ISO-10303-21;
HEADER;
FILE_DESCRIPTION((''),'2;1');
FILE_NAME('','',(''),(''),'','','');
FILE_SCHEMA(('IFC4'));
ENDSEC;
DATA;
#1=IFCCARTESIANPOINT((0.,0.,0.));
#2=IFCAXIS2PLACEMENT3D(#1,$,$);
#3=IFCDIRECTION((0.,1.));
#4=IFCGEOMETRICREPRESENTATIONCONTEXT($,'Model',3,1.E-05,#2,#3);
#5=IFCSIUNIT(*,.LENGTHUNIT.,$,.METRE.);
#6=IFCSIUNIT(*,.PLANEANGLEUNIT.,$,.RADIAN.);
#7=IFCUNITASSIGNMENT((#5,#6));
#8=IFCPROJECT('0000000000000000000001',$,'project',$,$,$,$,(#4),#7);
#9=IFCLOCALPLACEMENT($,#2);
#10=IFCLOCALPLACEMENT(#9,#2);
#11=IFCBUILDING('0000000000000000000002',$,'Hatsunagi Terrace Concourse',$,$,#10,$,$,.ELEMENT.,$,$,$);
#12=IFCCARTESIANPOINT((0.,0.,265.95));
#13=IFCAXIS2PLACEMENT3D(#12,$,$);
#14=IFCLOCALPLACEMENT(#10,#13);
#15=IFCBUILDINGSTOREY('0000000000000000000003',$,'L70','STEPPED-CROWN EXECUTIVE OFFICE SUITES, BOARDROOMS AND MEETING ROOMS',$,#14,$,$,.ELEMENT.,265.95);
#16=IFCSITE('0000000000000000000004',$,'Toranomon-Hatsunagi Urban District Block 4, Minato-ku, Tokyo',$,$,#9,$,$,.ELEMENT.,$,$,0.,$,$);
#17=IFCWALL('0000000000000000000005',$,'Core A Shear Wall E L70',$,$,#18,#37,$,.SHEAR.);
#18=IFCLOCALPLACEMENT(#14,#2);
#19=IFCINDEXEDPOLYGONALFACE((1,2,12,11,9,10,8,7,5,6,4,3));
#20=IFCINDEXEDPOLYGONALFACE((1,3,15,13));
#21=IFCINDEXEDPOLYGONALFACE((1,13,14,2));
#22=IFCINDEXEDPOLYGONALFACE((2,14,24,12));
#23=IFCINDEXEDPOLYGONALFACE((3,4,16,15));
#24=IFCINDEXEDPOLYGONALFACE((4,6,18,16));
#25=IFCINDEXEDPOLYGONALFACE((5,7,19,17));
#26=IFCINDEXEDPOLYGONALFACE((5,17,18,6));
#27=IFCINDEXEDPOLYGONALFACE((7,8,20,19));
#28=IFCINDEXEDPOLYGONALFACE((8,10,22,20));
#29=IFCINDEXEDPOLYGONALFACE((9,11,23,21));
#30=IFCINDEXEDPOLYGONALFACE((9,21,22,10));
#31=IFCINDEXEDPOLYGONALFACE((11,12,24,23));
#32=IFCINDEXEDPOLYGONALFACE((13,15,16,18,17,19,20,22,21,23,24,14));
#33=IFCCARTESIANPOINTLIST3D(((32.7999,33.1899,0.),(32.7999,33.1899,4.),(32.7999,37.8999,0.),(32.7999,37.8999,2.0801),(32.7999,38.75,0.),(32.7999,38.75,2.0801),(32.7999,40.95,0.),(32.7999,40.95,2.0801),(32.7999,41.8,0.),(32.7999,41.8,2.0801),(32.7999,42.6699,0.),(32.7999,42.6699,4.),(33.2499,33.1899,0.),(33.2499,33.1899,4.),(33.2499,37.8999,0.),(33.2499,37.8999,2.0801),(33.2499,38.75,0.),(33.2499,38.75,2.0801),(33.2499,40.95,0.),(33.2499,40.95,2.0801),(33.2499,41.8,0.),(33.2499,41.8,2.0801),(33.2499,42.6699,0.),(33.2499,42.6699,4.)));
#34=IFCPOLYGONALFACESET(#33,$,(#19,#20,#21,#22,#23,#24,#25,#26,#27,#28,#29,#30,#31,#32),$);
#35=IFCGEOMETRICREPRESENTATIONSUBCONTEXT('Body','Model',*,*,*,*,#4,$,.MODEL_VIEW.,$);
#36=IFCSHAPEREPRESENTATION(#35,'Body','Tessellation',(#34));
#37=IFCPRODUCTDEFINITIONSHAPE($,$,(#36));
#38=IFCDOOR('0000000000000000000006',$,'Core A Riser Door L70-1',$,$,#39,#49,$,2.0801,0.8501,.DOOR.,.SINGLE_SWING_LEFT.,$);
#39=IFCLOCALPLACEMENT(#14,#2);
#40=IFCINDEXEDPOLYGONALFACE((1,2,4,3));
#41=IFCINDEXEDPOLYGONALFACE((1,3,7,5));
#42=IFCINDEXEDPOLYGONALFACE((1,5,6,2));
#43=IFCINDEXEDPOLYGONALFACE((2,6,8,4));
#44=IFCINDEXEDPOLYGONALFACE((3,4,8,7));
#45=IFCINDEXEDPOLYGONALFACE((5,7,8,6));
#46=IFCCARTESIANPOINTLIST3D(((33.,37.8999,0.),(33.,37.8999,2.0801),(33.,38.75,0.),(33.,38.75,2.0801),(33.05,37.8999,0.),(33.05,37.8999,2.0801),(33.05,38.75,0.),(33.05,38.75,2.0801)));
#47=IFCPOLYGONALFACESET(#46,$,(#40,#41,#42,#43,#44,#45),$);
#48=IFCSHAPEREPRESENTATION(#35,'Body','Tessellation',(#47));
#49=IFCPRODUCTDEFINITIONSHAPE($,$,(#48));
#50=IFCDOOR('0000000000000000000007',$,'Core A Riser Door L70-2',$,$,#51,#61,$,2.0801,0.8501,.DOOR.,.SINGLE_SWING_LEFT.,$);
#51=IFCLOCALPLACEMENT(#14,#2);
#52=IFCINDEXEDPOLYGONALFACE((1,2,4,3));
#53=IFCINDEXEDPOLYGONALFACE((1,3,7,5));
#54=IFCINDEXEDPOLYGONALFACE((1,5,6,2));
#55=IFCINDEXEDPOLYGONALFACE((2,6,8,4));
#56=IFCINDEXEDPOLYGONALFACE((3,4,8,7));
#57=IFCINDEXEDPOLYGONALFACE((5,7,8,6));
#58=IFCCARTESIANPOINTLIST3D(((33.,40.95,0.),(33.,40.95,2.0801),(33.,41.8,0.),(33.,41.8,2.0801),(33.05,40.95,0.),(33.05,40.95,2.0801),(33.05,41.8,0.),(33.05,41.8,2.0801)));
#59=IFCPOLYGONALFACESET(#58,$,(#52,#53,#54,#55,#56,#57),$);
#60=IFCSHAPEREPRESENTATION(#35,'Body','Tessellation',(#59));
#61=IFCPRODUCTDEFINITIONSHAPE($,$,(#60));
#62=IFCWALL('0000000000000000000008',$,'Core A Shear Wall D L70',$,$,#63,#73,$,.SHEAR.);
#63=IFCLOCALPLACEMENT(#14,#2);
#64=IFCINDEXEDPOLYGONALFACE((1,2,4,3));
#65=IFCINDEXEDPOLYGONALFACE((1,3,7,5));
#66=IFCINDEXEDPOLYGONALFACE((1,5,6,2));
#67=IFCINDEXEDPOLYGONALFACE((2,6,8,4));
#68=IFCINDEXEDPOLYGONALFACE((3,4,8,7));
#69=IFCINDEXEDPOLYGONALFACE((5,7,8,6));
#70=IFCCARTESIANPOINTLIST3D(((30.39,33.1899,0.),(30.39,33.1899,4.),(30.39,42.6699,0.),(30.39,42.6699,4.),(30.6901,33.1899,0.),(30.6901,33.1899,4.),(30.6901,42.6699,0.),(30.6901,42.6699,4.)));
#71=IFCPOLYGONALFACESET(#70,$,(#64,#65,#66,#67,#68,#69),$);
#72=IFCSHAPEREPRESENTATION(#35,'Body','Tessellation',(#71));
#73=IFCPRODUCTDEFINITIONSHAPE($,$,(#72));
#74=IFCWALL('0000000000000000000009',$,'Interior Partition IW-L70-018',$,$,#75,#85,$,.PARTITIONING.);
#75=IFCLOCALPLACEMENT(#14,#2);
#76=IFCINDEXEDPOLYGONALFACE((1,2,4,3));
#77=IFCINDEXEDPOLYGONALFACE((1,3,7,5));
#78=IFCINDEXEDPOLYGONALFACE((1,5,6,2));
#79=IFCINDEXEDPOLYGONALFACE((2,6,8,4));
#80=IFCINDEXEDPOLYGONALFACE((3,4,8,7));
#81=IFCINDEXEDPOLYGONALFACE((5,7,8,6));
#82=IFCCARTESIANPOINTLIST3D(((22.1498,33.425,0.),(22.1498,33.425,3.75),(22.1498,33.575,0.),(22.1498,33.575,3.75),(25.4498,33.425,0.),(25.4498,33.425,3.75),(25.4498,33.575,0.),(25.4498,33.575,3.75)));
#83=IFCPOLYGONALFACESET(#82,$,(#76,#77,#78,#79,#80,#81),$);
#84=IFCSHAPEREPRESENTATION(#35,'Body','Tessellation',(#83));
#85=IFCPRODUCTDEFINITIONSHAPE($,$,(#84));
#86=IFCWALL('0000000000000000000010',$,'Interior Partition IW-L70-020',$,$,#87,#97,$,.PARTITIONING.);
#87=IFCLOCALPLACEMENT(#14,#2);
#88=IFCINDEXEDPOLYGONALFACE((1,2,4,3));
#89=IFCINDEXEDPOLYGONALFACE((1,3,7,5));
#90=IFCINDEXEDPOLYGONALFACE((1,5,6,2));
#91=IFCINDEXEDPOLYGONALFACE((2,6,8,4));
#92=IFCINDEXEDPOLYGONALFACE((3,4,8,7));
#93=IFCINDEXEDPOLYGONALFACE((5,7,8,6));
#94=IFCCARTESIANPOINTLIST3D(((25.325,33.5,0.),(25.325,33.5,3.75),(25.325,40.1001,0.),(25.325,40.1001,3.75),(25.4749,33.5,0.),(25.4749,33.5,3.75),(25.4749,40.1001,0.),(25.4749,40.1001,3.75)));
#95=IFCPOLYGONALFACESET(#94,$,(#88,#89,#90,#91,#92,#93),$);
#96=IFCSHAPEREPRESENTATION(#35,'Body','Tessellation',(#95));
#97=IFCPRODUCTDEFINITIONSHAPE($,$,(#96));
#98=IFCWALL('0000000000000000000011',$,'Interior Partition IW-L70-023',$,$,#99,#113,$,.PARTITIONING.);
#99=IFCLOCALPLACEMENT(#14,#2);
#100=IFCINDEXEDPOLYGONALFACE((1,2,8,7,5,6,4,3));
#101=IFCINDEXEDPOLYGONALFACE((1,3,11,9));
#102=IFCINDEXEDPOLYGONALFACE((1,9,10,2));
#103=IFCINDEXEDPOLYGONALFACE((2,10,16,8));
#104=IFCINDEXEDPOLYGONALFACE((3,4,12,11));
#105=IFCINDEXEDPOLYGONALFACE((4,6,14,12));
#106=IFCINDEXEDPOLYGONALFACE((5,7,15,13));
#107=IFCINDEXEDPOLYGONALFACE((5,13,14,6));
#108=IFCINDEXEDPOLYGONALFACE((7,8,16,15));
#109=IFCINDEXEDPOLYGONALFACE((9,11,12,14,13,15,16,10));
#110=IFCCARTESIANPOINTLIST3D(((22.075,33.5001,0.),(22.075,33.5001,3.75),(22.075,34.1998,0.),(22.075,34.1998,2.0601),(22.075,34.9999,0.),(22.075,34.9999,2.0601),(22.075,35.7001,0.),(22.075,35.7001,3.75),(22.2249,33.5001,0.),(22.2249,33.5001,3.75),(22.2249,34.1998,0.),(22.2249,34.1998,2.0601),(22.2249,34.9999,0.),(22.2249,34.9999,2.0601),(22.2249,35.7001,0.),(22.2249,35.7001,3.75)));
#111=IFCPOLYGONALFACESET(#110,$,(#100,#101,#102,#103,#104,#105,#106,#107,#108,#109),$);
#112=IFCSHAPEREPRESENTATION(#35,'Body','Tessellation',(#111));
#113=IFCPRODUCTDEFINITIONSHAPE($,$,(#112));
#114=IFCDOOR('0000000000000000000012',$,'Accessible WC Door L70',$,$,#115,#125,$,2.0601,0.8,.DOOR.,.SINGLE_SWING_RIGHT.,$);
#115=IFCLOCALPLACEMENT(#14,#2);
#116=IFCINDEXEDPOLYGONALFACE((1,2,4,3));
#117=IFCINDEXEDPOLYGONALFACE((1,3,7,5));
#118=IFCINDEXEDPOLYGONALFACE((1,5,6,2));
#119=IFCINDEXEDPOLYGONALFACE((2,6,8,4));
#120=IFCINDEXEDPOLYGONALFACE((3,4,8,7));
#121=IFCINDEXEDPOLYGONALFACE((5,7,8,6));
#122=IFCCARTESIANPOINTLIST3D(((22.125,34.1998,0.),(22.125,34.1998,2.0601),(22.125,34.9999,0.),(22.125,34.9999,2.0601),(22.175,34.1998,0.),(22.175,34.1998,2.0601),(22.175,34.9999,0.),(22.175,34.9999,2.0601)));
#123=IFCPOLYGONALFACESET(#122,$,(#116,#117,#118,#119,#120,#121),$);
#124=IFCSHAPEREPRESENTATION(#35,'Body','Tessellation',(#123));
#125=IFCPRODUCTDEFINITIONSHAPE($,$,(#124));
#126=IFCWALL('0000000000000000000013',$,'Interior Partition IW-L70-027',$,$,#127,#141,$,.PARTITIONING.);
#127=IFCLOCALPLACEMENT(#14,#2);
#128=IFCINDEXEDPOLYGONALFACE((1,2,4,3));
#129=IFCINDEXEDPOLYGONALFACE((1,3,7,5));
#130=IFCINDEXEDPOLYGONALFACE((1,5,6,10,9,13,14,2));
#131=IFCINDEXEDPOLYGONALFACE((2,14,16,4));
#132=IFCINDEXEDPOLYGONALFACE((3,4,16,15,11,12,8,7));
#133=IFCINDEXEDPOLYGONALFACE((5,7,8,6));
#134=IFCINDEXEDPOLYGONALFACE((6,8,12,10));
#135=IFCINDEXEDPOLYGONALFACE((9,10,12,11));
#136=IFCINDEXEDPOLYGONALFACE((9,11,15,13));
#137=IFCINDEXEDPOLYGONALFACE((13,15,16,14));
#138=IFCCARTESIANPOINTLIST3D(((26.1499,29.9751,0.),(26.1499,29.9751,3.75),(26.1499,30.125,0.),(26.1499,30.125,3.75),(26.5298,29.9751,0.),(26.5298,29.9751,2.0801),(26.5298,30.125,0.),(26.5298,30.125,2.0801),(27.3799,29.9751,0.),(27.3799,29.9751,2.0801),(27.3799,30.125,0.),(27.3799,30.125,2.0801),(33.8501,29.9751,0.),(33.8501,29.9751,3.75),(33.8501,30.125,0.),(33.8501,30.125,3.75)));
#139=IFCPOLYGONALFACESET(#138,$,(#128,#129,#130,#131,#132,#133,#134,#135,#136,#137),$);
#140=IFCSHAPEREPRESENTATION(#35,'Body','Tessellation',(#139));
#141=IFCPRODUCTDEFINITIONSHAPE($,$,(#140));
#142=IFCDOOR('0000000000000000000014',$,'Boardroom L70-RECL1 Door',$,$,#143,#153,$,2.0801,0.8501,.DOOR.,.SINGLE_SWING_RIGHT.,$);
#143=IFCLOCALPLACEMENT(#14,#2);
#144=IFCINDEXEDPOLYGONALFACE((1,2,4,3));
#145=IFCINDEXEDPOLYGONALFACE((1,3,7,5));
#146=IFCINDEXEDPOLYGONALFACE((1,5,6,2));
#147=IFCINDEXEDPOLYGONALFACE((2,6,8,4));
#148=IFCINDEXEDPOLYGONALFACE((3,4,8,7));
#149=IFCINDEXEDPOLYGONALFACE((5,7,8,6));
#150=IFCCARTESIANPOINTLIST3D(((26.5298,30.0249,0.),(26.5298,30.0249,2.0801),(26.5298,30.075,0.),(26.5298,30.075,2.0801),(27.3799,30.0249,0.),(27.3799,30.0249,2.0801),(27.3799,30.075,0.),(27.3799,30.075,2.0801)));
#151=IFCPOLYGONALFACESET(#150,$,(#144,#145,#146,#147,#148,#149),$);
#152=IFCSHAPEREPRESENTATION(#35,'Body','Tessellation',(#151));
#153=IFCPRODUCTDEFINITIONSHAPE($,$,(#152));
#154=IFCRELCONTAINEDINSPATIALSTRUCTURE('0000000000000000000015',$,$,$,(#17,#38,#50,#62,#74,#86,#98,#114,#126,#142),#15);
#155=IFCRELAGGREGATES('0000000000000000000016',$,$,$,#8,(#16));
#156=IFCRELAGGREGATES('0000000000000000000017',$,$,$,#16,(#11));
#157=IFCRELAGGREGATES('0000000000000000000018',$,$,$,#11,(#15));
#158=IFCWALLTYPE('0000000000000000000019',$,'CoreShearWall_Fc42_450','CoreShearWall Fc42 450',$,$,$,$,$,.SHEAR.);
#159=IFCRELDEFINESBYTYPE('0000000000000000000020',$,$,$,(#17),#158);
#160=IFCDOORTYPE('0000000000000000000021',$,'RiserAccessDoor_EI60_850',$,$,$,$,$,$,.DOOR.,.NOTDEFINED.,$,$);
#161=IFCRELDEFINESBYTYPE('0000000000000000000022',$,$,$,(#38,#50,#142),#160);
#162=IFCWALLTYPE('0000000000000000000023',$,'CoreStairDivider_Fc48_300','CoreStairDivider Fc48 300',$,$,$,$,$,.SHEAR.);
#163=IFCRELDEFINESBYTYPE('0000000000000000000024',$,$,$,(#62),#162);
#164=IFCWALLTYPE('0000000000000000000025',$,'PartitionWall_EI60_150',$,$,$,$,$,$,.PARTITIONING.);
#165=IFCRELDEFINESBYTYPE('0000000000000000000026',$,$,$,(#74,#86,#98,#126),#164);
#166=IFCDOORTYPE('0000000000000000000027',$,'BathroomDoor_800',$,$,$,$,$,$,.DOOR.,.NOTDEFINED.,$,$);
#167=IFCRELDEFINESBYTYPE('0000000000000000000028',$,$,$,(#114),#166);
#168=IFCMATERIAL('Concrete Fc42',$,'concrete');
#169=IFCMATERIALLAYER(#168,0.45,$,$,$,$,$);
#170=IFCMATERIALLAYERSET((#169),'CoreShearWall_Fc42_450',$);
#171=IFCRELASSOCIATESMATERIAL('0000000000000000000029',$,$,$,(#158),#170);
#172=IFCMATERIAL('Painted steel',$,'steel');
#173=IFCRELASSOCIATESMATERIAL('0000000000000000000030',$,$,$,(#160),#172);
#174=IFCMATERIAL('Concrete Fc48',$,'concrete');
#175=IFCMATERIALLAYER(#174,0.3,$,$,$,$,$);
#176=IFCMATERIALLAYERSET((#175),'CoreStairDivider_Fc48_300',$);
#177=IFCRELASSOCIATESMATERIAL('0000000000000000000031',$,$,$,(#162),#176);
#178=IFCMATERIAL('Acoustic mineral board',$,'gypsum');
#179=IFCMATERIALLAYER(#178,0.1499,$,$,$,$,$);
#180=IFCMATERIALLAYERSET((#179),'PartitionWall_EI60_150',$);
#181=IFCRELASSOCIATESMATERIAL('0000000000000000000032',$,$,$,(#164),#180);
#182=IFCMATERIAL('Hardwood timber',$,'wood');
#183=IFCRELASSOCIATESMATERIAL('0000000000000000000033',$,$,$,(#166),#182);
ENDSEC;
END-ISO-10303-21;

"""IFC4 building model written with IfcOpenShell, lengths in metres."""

from ifc_helpers import new_model, si_unit, direction, frame, frame_2d, origin, place, context, subcontext, project, spatial, rectangle, extrude, material, layer, layer_set, type_object, element, fill, save


model = new_model("IFC4")

# Units and contexts
model_context = context("Model", 3, precision=1e-05, world=origin(), true_north=direction((0.0, 1.0)))
body_context = subcontext(model_context, "Body", "Model", "MODEL_VIEW")
ifc_project = project(units=[si_unit("LENGTHUNIT", "METRE"), si_unit("PLANEANGLEUNIT", "RADIAN")], contexts=[model_context])

# Site, building, storey
site_placement = place(None, origin())
site = spatial("IfcSite", under=ifc_project, at=site_placement, Name="Toranomon-Hatsunagi Urban District Block 4, Minato-ku, Tokyo", CompositionType="ELEMENT", RefElevation=0.0)
building_placement = place(site_placement, origin())
building = spatial("IfcBuilding", under=site, at=building_placement, Name="Hatsunagi Terrace Concourse", CompositionType="ELEMENT")
storey_placement = place(building_placement, frame((0.0, 0.0, 265.95)))
storey = spatial("IfcBuildingStorey", under=building, at=storey_placement, Name="L70", Description="STEPPED-CROWN EXECUTIVE OFFICE SUITES, BOARDROOMS AND MEETING ROOMS", CompositionType="ELEMENT", Elevation=265.95)

# Shared definitions
ifc_material_1 = material(Name="Concrete Fc42", Category="concrete")
ifc_layer_1 = layer(ifc_material_1, 0.45)
ifc_layer_set_1 = layer_set([ifc_layer_1], Name="CoreShearWall_Fc42_450")
wall_type_1 = type_object("IfcWallType", Name="CoreShearWall_Fc42_450", Description="CoreShearWall Fc42 450", PredefinedType="SHEAR", material=ifc_layer_set_1)

# Wall, openings, doors
wall_1_placement = place(storey_placement, frame((33.0249, 33.1899, 0.0), z_axis=(0.0, 0.0, 1.0), x_axis=(0.0, 1.0, 0.0)))
wall_1 = element("IfcWall", 1, at=wall_1_placement, inside=storey, type_object=wall_type_1, Name="Core A Shear Wall E L70", PredefinedType="SHEAR", context=body_context, shape_type="SweptSolid", body=[
    extrude(rectangle(XDim=9.48, YDim=0.45, at=frame_2d((4.74, 0.0))), origin(), (0.0, 0.0, 1.0), 4.0),
])
opening_1_placement = place(wall_1_placement, frame((4.71, 0.0, 0.0)))
opening_1 = element("IfcOpeningElement", 2, at=opening_1_placement, cuts=wall_1, PredefinedType="OPENING", context=body_context, shape_type="SweptSolid", body=[
    extrude(rectangle(XDim=0.8501, YDim=2.0801, at=frame_2d((0.425, 1.04))), frame((0.0, 0.2349, 0.0), z_axis=(0.0, -1.0, 0.0), x_axis=(1.0, 0.0, 0.0)), (0.0, 0.0, 1.0), 0.47),
])
opening_2_placement = place(wall_1_placement, frame((7.76, 0.0, 0.0)))
opening_2 = element("IfcOpeningElement", 3, at=opening_2_placement, cuts=wall_1, PredefinedType="OPENING", context=body_context, shape_type="SweptSolid", body=[
    extrude(rectangle(XDim=0.8501, YDim=2.0801, at=frame_2d((0.425, 1.04))), frame((0.0, 0.2349, 0.0), z_axis=(0.0, -1.0, 0.0), x_axis=(1.0, 0.0, 0.0)), (0.0, 0.0, 1.0), 0.47),
])
ifc_material_2 = material(Name="Painted steel", Category="steel")
door_type_1 = type_object("IfcDoorType", Name="RiserAccessDoor_EI60_850", OperationType="NOTDEFINED", PredefinedType="DOOR", material=ifc_material_2)
door_1_placement = place(opening_1_placement, origin())
door_1 = element("IfcDoor", 4, at=door_1_placement, inside=storey, type_object=door_type_1, Name="Core A Riser Door L70-1", OperationType="SINGLE_SWING_LEFT", OverallHeight=2.0801, OverallWidth=0.8501, PredefinedType="DOOR", context=body_context, shape_type="SweptSolid", body=[
    extrude(rectangle(XDim=0.8501, YDim=2.0801, at=frame_2d((0.425, 1.04))), frame((0.0, 0.0249, 0.0), z_axis=(0.0, -1.0, 0.0), x_axis=(1.0, 0.0, 0.0)), (0.0, 0.0, 1.0), 0.05),
])
fill(opening_1, door_1)
door_2_placement = place(opening_2_placement, origin())
door_2 = element("IfcDoor", 5, at=door_2_placement, inside=storey, type_object=door_type_1, Name="Core A Riser Door L70-2", OperationType="SINGLE_SWING_LEFT", OverallHeight=2.0801, OverallWidth=0.8501, PredefinedType="DOOR", context=body_context, shape_type="SweptSolid", body=[
    extrude(rectangle(XDim=0.8501, YDim=2.0801, at=frame_2d((0.425, 1.04))), frame((0.0, 0.0249, 0.0), z_axis=(0.0, -1.0, 0.0), x_axis=(1.0, 0.0, 0.0)), (0.0, 0.0, 1.0), 0.05),
])
fill(opening_2, door_2)

# Walls
ifc_material_3 = material(Name="Concrete Fc48", Category="concrete")
ifc_layer_2 = layer(ifc_material_3, 0.3)
ifc_layer_set_2 = layer_set([ifc_layer_2], Name="CoreStairDivider_Fc48_300")
wall_type_2 = type_object("IfcWallType", Name="CoreStairDivider_Fc48_300", Description="CoreStairDivider Fc48 300", PredefinedType="SHEAR", material=ifc_layer_set_2)
wall_2_placement = place(storey_placement, frame((30.54, 33.1899, 0.0), z_axis=(0.0, 0.0, 1.0), x_axis=(0.0, 1.0, 0.0)))
element("IfcWall", 6, at=wall_2_placement, inside=storey, type_object=wall_type_2, Name="Core A Shear Wall D L70", PredefinedType="SHEAR", context=body_context, shape_type="SweptSolid", body=[
    extrude(rectangle(XDim=9.48, YDim=0.3, at=frame_2d((4.74, 0.0))), origin(), (0.0, 0.0, 1.0), 4.0),
])
ifc_material_4 = material(Name="Acoustic mineral board", Category="gypsum")
ifc_layer_3 = layer(ifc_material_4, 0.1499)
ifc_layer_set_3 = layer_set([ifc_layer_3], Name="PartitionWall_EI60_150")
wall_type_3 = type_object("IfcWallType", Name="PartitionWall_EI60_150", PredefinedType="PARTITIONING", material=ifc_layer_set_3)
wall_3_placement = place(storey_placement, frame((22.1499, 33.5, 0.0), z_axis=(0.0, 0.0, 1.0), x_axis=(1.0, 0.0, 0.0)))
element("IfcWall", 7, at=wall_3_placement, inside=storey, type_object=wall_type_3, Name="Interior Partition IW-L70-018", PredefinedType="PARTITIONING", context=body_context, shape_type="SweptSolid", body=[
    extrude(rectangle(XDim=3.3, YDim=0.1499, at=frame_2d((1.6499, 0.0))), origin(), (0.0, 0.0, 1.0), 3.75),
])
wall_4_placement = place(storey_placement, frame((25.3999, 33.5, 0.0), z_axis=(0.0, 0.0, 1.0), x_axis=(0.0, 1.0, 0.0)))
element("IfcWall", 8, at=wall_4_placement, inside=storey, type_object=wall_type_3, Name="Interior Partition IW-L70-020", PredefinedType="PARTITIONING", context=body_context, shape_type="SweptSolid", body=[
    extrude(rectangle(XDim=6.6001, YDim=0.1499, at=frame_2d((3.3, 0.0))), origin(), (0.0, 0.0, 1.0), 3.75),
])

# Walls, openings, doors
wall_5_placement = place(storey_placement, frame((22.1499, 33.5, 0.0), z_axis=(0.0, 0.0, 1.0), x_axis=(0.0, 1.0, 0.0)))
wall_5 = element("IfcWall", 9, at=wall_5_placement, inside=storey, type_object=wall_type_3, Name="Interior Partition IW-L70-023", PredefinedType="PARTITIONING", context=body_context, shape_type="SweptSolid", body=[
    extrude(rectangle(XDim=2.2, YDim=0.1499, at=frame_2d((1.1001, 0.0))), origin(), (0.0, 0.0, 1.0), 3.75),
])
opening_3_placement = place(wall_5_placement, frame((0.7, 0.0, 0.0)))
opening_3 = element("IfcOpeningElement", 10, at=opening_3_placement, cuts=wall_5, PredefinedType="OPENING", context=body_context, shape_type="SweptSolid", body=[
    extrude(rectangle(XDim=0.8, YDim=2.0601, at=frame_2d((0.3999, 1.03))), frame((0.0, 0.085, 0.0), z_axis=(0.0, -1.0, 0.0), x_axis=(1.0, 0.0, 0.0)), (0.0, 0.0, 1.0), 0.1699),
])
ifc_material_5 = material(Name="Hardwood timber", Category="wood")
door_type_2 = type_object("IfcDoorType", Name="BathroomDoor_800", OperationType="NOTDEFINED", PredefinedType="DOOR", material=ifc_material_5)
door_3_placement = place(opening_3_placement, origin())
door_3 = element("IfcDoor", 11, at=door_3_placement, inside=storey, type_object=door_type_2, Name="Accessible WC Door L70", OperationType="SINGLE_SWING_RIGHT", OverallHeight=2.0601, OverallWidth=0.8, PredefinedType="DOOR", context=body_context, shape_type="SweptSolid", body=[
    extrude(rectangle(XDim=0.8, YDim=2.0601, at=frame_2d((0.3999, 1.03))), frame((0.0, 0.0249, 0.0), z_axis=(0.0, -1.0, 0.0), x_axis=(1.0, 0.0, 0.0)), (0.0, 0.0, 1.0), 0.05),
])
fill(opening_3, door_3)
wall_6_placement = place(storey_placement, frame((26.1499, 30.05, 0.0), z_axis=(0.0, 0.0, 1.0), x_axis=(1.0, 0.0, 0.0)))
wall_6 = element("IfcWall", 12, at=wall_6_placement, inside=storey, type_object=wall_type_3, Name="Interior Partition IW-L70-027", PredefinedType="PARTITIONING", context=body_context, shape_type="SweptSolid", body=[
    extrude(rectangle(XDim=7.7002, YDim=0.1499, at=frame_2d((3.8501, 0.0))), origin(), (0.0, 0.0, 1.0), 3.75),
])
opening_4_placement = place(wall_6_placement, frame((0.3799, 0.0, 0.0)))
opening_4 = element("IfcOpeningElement", 13, at=opening_4_placement, cuts=wall_6, PredefinedType="OPENING", context=body_context, shape_type="SweptSolid", body=[
    extrude(rectangle(XDim=0.8501, YDim=2.0801, at=frame_2d((0.425, 1.04))), frame((0.0, 0.085, 0.0), z_axis=(0.0, -1.0, 0.0), x_axis=(1.0, 0.0, 0.0)), (0.0, 0.0, 1.0), 0.1699),
])
door_4_placement = place(opening_4_placement, origin())
door_4 = element("IfcDoor", 14, at=door_4_placement, inside=storey, type_object=door_type_1, Name="Boardroom L70-RECL1 Door", OperationType="SINGLE_SWING_RIGHT", OverallHeight=2.0801, OverallWidth=0.8501, PredefinedType="DOOR", context=body_context, shape_type="SweptSolid", body=[
    extrude(rectangle(XDim=0.8501, YDim=2.0801, at=frame_2d((0.425, 1.04))), frame((0.0, 0.0249, 0.0), z_axis=(0.0, -1.0, 0.0), x_axis=(1.0, 0.0, 0.0)), (0.0, 0.0, 1.0), 0.05),
])
fill(opening_4, door_4)

save(model, "model.ifc")
